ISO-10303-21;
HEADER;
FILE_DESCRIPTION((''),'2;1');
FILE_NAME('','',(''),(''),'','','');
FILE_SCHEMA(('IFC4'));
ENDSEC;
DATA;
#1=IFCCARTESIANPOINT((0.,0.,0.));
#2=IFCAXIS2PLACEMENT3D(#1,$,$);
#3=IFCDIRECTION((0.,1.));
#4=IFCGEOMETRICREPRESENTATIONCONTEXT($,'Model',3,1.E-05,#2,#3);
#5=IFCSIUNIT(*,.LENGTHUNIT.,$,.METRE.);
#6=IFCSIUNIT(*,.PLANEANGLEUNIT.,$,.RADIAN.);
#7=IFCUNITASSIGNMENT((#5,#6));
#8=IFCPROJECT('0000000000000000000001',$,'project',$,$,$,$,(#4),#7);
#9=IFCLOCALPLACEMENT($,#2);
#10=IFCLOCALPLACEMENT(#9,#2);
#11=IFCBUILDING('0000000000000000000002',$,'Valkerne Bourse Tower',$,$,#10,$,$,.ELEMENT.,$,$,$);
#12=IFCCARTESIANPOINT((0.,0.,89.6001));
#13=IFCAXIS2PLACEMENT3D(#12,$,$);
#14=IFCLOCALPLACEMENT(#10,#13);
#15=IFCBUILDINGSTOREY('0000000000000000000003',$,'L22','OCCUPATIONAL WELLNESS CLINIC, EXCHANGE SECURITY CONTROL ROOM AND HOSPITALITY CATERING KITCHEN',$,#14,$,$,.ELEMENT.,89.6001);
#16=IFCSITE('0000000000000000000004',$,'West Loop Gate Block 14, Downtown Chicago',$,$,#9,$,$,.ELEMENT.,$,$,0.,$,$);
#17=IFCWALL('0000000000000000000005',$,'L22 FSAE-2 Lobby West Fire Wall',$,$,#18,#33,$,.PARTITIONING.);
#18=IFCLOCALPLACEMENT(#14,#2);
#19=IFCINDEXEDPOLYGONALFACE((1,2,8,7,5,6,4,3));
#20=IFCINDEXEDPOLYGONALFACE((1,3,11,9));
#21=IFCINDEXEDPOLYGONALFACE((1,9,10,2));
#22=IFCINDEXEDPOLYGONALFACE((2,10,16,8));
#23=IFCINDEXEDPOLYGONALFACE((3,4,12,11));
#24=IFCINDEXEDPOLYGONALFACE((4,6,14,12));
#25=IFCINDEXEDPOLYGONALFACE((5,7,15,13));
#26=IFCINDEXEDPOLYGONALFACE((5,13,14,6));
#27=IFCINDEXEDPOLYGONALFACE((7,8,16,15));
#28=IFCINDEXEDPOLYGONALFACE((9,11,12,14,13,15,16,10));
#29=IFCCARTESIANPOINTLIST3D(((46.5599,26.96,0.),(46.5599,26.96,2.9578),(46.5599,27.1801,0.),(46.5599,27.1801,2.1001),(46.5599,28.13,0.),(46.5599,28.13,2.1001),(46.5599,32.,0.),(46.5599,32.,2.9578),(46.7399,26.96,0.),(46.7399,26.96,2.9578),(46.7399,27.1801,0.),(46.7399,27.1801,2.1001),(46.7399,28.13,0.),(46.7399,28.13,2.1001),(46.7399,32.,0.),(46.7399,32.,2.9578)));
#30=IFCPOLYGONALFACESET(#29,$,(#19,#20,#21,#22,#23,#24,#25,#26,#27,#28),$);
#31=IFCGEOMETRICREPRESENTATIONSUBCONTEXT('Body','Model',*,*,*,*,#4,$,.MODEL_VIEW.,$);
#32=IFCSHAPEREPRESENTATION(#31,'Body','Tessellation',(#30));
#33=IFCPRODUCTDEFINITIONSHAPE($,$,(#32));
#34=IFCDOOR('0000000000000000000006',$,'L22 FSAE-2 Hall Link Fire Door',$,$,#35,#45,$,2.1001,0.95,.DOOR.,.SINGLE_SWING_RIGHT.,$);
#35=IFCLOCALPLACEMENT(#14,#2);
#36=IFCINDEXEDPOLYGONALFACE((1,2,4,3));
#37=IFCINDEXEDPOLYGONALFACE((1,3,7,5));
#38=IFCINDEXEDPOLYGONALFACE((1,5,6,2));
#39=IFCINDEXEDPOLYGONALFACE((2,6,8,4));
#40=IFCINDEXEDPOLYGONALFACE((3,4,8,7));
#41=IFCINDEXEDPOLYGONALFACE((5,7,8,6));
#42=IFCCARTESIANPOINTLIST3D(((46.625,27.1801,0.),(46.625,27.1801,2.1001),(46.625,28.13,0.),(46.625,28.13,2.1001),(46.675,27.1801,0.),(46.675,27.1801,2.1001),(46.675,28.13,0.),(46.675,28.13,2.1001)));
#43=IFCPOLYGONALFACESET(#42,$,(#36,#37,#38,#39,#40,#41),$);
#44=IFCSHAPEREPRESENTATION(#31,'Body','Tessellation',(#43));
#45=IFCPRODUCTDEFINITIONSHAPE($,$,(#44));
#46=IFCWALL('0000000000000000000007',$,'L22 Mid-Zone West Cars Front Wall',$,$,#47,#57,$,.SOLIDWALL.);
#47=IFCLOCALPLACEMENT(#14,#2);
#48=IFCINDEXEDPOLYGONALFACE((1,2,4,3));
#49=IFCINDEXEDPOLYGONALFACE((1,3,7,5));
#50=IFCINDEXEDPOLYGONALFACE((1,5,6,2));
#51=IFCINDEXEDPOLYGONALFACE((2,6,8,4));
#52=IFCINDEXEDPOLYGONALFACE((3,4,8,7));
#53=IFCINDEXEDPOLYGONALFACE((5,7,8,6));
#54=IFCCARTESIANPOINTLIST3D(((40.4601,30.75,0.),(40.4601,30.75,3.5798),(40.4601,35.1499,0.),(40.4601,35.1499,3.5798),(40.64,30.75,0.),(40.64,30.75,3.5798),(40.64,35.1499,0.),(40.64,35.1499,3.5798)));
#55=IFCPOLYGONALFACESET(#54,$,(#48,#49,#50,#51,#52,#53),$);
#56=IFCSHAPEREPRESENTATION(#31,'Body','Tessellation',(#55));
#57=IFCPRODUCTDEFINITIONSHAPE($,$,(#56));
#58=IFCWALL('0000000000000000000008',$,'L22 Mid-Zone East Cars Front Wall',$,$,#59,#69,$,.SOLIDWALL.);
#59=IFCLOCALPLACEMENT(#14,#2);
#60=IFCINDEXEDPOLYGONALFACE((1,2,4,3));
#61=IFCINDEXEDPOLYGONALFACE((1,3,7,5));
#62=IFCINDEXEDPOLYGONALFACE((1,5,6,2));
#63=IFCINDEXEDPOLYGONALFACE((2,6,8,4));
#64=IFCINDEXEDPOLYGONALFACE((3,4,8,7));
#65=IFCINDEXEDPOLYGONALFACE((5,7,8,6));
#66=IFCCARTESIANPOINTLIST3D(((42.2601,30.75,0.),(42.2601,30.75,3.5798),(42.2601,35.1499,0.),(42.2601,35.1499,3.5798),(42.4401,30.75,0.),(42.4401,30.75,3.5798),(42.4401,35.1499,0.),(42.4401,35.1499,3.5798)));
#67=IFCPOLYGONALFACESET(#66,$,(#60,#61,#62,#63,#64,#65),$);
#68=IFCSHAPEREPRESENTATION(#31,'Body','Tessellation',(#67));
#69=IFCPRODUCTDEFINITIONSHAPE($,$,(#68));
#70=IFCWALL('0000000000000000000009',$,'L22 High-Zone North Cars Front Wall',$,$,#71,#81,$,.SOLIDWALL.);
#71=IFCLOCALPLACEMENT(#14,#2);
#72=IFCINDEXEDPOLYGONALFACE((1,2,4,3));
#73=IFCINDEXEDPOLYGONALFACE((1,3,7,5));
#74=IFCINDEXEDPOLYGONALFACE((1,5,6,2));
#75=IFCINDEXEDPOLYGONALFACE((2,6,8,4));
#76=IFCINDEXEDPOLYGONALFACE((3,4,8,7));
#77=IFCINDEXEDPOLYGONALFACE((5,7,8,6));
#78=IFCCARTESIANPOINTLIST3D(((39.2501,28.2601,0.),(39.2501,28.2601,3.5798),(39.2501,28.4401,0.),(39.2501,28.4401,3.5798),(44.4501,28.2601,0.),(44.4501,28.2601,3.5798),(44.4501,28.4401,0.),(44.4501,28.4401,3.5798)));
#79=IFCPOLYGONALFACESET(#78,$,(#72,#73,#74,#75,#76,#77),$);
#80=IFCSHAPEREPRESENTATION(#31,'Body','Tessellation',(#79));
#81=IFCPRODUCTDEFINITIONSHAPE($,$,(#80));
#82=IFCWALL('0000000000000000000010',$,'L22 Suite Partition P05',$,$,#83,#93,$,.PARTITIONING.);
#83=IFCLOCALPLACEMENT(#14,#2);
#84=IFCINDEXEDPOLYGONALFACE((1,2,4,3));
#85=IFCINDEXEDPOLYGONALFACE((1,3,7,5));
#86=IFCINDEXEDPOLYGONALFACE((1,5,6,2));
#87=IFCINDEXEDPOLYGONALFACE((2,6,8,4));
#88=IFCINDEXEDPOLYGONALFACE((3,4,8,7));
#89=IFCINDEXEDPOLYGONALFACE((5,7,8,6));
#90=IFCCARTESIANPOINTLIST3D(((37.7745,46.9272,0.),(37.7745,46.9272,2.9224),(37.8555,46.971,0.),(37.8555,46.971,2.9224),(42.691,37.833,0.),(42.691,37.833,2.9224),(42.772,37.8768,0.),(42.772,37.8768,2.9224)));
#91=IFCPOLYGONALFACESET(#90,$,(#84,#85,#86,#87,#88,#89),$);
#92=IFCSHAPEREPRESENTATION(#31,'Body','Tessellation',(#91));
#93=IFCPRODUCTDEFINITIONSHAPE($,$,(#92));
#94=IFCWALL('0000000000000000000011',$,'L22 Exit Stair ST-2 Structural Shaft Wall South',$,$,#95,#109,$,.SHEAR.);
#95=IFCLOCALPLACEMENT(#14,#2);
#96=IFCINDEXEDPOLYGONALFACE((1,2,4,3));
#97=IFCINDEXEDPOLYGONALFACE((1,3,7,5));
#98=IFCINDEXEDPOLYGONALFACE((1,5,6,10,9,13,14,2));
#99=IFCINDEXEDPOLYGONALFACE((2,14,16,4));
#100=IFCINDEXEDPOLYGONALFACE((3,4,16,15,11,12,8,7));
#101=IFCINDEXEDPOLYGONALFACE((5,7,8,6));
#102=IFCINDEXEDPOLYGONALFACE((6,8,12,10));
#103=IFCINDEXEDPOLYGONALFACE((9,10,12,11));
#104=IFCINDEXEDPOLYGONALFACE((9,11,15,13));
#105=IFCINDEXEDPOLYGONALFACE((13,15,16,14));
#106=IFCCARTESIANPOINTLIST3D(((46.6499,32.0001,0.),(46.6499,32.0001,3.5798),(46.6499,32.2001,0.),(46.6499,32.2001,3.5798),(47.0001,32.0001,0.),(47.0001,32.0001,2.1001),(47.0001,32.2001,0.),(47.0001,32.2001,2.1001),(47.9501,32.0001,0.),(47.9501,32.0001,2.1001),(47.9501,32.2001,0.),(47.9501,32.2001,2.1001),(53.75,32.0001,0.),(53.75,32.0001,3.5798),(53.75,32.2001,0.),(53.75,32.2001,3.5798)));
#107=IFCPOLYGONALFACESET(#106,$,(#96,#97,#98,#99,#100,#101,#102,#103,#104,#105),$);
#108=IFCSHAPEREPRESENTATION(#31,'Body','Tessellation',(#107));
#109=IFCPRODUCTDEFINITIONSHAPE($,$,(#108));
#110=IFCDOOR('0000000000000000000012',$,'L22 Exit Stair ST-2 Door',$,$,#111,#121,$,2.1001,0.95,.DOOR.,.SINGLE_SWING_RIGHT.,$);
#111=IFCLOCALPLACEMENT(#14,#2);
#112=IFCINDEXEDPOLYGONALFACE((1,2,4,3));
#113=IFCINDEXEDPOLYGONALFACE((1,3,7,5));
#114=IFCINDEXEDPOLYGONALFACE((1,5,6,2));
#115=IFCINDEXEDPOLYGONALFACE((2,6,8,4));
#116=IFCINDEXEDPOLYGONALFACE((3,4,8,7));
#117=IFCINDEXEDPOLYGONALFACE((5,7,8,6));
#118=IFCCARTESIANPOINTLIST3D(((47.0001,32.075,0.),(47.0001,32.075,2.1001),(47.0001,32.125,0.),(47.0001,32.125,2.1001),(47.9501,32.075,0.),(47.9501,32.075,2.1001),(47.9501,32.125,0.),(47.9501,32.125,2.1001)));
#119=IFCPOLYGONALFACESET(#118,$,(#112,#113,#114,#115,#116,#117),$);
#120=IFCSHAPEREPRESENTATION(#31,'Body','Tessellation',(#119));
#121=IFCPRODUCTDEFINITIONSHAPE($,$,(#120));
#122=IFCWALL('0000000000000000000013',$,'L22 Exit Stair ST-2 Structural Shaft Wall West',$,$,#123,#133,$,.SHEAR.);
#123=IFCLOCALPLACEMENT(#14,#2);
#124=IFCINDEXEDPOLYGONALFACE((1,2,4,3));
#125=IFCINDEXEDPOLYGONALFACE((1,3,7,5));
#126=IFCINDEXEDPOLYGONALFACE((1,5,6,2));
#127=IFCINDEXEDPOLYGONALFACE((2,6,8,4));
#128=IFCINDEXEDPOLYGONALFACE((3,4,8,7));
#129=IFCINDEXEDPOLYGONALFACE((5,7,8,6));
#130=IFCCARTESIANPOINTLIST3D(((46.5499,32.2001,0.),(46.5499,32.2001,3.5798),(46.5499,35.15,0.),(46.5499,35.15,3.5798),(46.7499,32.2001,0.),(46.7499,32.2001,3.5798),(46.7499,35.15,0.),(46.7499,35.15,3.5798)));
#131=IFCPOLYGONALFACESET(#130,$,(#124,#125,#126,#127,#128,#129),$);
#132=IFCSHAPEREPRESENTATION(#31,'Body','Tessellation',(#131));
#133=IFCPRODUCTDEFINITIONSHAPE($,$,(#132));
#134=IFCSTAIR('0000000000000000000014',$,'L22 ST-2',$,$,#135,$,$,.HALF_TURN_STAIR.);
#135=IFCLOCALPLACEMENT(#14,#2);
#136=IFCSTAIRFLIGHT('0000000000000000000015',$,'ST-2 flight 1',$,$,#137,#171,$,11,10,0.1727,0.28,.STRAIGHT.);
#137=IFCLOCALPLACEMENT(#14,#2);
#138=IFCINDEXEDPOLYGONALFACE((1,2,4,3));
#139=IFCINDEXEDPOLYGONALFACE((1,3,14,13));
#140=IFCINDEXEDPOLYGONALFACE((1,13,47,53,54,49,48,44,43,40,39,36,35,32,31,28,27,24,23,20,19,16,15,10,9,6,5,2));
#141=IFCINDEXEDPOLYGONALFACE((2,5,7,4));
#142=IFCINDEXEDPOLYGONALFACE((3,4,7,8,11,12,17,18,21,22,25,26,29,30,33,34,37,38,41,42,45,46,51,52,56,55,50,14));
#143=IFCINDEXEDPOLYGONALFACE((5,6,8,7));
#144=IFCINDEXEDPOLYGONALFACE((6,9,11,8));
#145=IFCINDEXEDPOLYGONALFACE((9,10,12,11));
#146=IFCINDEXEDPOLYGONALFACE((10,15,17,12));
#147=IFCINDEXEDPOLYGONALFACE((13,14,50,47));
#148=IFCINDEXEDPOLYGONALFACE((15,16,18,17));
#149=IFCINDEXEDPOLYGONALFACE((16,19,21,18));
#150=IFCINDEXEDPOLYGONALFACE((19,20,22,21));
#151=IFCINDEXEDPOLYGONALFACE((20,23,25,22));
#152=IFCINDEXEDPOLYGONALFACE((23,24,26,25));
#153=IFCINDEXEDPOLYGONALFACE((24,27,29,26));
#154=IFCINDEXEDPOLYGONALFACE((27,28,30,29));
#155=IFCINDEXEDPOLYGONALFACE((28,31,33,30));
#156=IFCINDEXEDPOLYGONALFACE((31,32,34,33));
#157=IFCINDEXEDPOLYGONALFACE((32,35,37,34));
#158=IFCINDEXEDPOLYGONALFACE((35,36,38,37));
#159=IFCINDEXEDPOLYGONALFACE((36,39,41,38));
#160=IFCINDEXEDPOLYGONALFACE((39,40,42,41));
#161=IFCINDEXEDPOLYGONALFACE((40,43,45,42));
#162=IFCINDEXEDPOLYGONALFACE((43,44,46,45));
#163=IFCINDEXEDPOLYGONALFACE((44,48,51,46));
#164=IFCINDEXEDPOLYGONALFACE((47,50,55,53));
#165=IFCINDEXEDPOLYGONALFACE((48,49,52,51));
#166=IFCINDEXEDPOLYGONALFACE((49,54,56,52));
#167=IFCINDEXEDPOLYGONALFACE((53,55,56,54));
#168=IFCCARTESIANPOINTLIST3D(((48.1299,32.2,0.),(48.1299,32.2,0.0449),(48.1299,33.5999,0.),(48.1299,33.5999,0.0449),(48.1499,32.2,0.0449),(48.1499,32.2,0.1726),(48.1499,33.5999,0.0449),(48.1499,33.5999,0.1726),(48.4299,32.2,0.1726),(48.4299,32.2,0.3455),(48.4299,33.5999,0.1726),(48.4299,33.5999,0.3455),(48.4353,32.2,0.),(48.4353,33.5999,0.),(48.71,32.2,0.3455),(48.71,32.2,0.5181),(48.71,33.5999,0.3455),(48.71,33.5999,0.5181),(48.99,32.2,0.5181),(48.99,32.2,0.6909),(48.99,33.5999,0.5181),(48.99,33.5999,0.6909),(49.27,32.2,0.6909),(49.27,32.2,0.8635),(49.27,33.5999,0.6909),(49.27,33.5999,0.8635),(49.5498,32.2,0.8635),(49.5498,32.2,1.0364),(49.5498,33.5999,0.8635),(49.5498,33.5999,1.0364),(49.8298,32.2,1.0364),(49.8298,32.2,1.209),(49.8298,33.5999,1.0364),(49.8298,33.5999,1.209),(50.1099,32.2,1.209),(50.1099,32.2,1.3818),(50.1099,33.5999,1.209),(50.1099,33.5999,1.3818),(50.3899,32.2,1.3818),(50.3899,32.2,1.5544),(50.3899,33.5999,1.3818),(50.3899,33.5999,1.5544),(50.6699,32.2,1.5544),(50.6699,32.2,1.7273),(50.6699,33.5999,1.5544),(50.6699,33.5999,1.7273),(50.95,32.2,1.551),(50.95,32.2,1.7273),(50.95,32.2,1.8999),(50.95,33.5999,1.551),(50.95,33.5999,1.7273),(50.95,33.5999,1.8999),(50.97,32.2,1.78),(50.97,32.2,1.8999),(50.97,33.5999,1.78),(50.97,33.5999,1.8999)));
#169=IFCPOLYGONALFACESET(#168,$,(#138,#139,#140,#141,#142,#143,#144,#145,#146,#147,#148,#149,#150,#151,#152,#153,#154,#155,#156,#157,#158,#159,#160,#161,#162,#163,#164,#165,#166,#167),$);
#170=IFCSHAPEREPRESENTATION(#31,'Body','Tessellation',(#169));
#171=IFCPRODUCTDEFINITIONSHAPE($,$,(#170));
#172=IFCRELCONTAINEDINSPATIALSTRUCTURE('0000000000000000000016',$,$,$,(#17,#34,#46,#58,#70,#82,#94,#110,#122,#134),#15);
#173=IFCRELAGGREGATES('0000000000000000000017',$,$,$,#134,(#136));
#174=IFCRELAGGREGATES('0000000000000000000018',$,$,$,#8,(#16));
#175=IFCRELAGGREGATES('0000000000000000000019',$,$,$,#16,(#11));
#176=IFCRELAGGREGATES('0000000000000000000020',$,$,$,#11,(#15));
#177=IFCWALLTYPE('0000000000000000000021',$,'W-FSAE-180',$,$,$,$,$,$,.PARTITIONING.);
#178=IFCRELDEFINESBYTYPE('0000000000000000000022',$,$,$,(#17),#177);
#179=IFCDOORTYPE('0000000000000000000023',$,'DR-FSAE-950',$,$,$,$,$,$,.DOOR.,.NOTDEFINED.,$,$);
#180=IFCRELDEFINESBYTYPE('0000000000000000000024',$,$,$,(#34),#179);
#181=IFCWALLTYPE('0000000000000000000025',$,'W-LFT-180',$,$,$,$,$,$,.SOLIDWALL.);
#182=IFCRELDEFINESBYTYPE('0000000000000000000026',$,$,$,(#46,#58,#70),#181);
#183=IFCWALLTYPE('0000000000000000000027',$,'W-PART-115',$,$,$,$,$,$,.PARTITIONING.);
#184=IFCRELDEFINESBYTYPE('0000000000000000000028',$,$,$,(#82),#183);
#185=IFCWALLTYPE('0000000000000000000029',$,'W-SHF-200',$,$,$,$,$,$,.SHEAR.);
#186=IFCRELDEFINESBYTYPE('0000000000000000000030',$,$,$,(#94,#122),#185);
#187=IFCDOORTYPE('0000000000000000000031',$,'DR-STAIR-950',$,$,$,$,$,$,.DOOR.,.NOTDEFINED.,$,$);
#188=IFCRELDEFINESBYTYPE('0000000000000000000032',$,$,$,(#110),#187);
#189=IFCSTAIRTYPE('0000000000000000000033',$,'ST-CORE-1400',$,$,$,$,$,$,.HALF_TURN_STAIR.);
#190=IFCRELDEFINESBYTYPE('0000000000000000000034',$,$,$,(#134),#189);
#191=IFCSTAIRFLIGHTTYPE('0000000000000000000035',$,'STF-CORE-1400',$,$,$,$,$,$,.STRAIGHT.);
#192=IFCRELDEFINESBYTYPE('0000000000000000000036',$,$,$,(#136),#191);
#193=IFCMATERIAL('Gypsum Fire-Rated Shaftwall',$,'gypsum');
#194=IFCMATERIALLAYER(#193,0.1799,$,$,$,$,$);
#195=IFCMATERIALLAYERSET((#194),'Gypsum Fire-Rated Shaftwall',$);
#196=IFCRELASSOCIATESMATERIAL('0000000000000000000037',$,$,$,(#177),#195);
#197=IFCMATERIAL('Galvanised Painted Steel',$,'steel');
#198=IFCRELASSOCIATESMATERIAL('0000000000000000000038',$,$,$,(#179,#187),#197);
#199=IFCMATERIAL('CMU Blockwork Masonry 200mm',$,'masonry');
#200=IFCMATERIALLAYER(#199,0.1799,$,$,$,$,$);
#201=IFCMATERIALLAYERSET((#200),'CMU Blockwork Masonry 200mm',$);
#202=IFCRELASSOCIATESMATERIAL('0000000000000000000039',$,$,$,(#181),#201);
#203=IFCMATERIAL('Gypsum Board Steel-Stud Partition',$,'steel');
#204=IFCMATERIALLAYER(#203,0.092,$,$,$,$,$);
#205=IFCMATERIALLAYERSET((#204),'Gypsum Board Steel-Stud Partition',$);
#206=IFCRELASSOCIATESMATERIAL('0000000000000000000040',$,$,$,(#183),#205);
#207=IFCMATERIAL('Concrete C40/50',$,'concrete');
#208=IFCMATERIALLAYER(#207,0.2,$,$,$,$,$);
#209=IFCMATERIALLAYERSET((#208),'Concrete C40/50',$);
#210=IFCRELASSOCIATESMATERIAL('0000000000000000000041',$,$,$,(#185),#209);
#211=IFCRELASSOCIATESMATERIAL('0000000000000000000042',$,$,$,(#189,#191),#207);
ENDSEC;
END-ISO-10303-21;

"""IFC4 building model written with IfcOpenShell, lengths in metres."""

from ifc_helpers import new_model, si_unit, direction, frame, frame_2d, origin, place, context, subcontext, project, spatial, polyline, rectangle, outline, extrude, material, layer, layer_set, type_object, element, fill, aggregate, save


model = new_model("IFC4")

# Units and contexts
model_context = context("Model", 3, precision=1e-05, world=origin(), true_north=direction((0.0, 1.0)))
body_context = subcontext(model_context, "Body", "Model", "MODEL_VIEW")
ifc_project = project(units=[si_unit("LENGTHUNIT", "METRE"), si_unit("PLANEANGLEUNIT", "RADIAN")], contexts=[model_context])

# Site, building, storey
site_placement = place(None, origin())
site = spatial("IfcSite", under=ifc_project, at=site_placement, Name="West Loop Gate Block 14, Downtown Chicago", CompositionType="ELEMENT", RefElevation=0.0)
building_placement = place(site_placement, origin())
building = spatial("IfcBuilding", under=site, at=building_placement, Name="Valkerne Bourse Tower", CompositionType="ELEMENT")
storey_placement = place(building_placement, frame((0.0, 0.0, 89.6001)))
storey = spatial("IfcBuildingStorey", under=building, at=storey_placement, Name="L22", Description="OCCUPATIONAL WELLNESS CLINIC, EXCHANGE SECURITY CONTROL ROOM AND HOSPITALITY CATERING KITCHEN", CompositionType="ELEMENT", Elevation=89.6001)

# Shared definitions
ifc_material_1 = material(Name="Gypsum Fire-Rated Shaftwall", Category="gypsum")
ifc_layer_1 = layer(ifc_material_1, 0.1799)
ifc_layer_set_1 = layer_set([ifc_layer_1], Name="Gypsum Fire-Rated Shaftwall")
wall_type_1 = type_object("IfcWallType", Name="W-FSAE-180", PredefinedType="PARTITIONING", material=ifc_layer_set_1)

# Wall, opening, door
wall_1_placement = place(storey_placement, frame((46.6499, 26.96, 0.0), z_axis=(0.0, 0.0, 1.0), x_axis=(0.0, 1.0, 0.0)))
wall_1 = element("IfcWall", 1, at=wall_1_placement, inside=storey, type_object=wall_type_1, Name="L22 FSAE-2 Lobby West Fire Wall", PredefinedType="PARTITIONING", context=body_context, shape_type="SweptSolid", body=[
    extrude(rectangle(XDim=5.04, YDim=0.1799, at=frame_2d((2.52, 0.0))), origin(), (0.0, 0.0, 1.0), 2.9578),
])
opening_1_placement = place(wall_1_placement, frame((0.22, 0.0, 0.0)))
opening_1 = element("IfcOpeningElement", 2, at=opening_1_placement, cuts=wall_1, PredefinedType="OPENING", context=body_context, shape_type="SweptSolid", body=[
    extrude(rectangle(XDim=0.95, YDim=2.1001, at=frame_2d((0.4751, 1.05))), frame((0.0, 0.0999, 0.0), z_axis=(0.0, -1.0, 0.0), x_axis=(1.0, 0.0, 0.0)), (0.0, 0.0, 1.0), 0.2),
])
ifc_material_2 = material(Name="Galvanised Painted Steel", Category="steel")
door_type_1 = type_object("IfcDoorType", Name="DR-FSAE-950", OperationType="NOTDEFINED", PredefinedType="DOOR", material=ifc_material_2)
door_1_placement = place(opening_1_placement, origin())
door_1 = element("IfcDoor", 3, at=door_1_placement, inside=storey, type_object=door_type_1, Name="L22 FSAE-2 Hall Link Fire Door", OperationType="SINGLE_SWING_RIGHT", OverallHeight=2.1001, OverallWidth=0.95, PredefinedType="DOOR", context=body_context, shape_type="SweptSolid", body=[
    extrude(rectangle(XDim=0.95, YDim=2.1001, at=frame_2d((0.4751, 1.05))), frame((0.0, 0.0249, 0.0), z_axis=(0.0, -1.0, 0.0), x_axis=(1.0, 0.0, 0.0)), (0.0, 0.0, 1.0), 0.05),
])
fill(opening_1, door_1)

# Walls
ifc_material_3 = material(Name="CMU Blockwork Masonry 200mm", Category="masonry")
ifc_layer_2 = layer(ifc_material_3, 0.1799)
ifc_layer_set_2 = layer_set([ifc_layer_2], Name="CMU Blockwork Masonry 200mm")
wall_type_2 = type_object("IfcWallType", Name="W-LFT-180", PredefinedType="SOLIDWALL", material=ifc_layer_set_2)
for number, where, z_axis, x_axis, name in (
    (4, (40.55, 30.75, 0.0), (0.0, 0.0, 1.0), (0.0, 1.0, 0.0), "L22 Mid-Zone West Cars Front Wall"),
    (5, (42.3501, 30.75, 0.0), (0.0, 0.0, 1.0), (0.0, 1.0, 0.0), "L22 Mid-Zone East Cars Front Wall"),
):
    element("IfcWall", number, at=place(storey_placement, frame(where, z_axis=z_axis, x_axis=x_axis)), inside=storey, type_object=wall_type_2, Name=name, PredefinedType="SOLIDWALL", context=body_context, shape_type="SweptSolid", body=[
        extrude(rectangle(XDim=4.3999, YDim=0.1799, at=frame_2d((2.2, 0.0))), origin(), (0.0, 0.0, 1.0), 3.5798),
    ])
wall_2_placement = place(storey_placement, frame((39.25, 28.3501, 0.0), z_axis=(0.0, 0.0, 1.0), x_axis=(1.0, 0.0, 0.0)))
element("IfcWall", 6, at=wall_2_placement, inside=storey, type_object=wall_type_2, Name="L22 High-Zone North Cars Front Wall", PredefinedType="SOLIDWALL", context=body_context, shape_type="SweptSolid", body=[
    extrude(rectangle(XDim=5.2, YDim=0.1799, at=frame_2d((2.6001, 0.0))), origin(), (0.0, 0.0, 1.0), 3.5798),
])
ifc_material_4 = material(Name="Gypsum Board Steel-Stud Partition", Category="steel")
ifc_layer_3 = layer(ifc_material_4, 0.092)
ifc_layer_set_3 = layer_set([ifc_layer_3], Name="Gypsum Board Steel-Stud Partition")
wall_type_3 = type_object("IfcWallType", Name="W-PART-115", PredefinedType="PARTITIONING", material=ifc_layer_set_3)
wall_3_placement = place(storey_placement, frame((42.7314, 37.855, 0.0), z_axis=(0.0, 0.0, 1.0), x_axis=(-0.475569, 0.879678, 0.0)))
element("IfcWall", 7, at=wall_3_placement, inside=storey, type_object=wall_type_3, Name="L22 Suite Partition P05", PredefinedType="PARTITIONING", context=body_context, shape_type="SweptSolid", body=[
    extrude(rectangle(XDim=10.3381, YDim=0.092, at=frame_2d((5.1689, 0.0))), origin(), (0.0, 0.0, 1.0), 2.9224),
])

# Wall, opening, door
ifc_material_5 = material(Name="Concrete C40/50", Category="concrete")
ifc_layer_4 = layer(ifc_material_5, 0.2)
ifc_layer_set_4 = layer_set([ifc_layer_4], Name="Concrete C40/50")
wall_type_4 = type_object("IfcWallType", Name="W-SHF-200", PredefinedType="SHEAR", material=ifc_layer_set_4)
wall_4_placement = place(storey_placement, frame((46.6499, 32.1001, 0.0), z_axis=(0.0, 0.0, 1.0), x_axis=(1.0, 0.0, 0.0)))
wall_4 = element("IfcWall", 8, at=wall_4_placement, inside=storey, type_object=wall_type_4, Name="L22 Exit Stair ST-2 Structural Shaft Wall South", PredefinedType="SHEAR", context=body_context, shape_type="SweptSolid", body=[
    extrude(rectangle(XDim=7.1001, YDim=0.2, at=frame_2d((3.55, 0.0))), origin(), (0.0, 0.0, 1.0), 3.5798),
])
opening_2_placement = place(wall_4_placement, frame((0.3501, 0.0, 0.0)))
opening_2 = element("IfcOpeningElement", 9, at=opening_2_placement, cuts=wall_4, PredefinedType="OPENING", context=body_context, shape_type="SweptSolid", body=[
    extrude(rectangle(XDim=0.95, YDim=2.1001, at=frame_2d((0.4751, 1.05))), frame((0.0, 0.1099, 0.0), z_axis=(0.0, -1.0, 0.0), x_axis=(1.0, 0.0, 0.0)), (0.0, 0.0, 1.0), 0.22),
])
door_type_2 = type_object("IfcDoorType", Name="DR-STAIR-950", OperationType="NOTDEFINED", PredefinedType="DOOR", material=ifc_material_2)
door_2_placement = place(opening_2_placement, origin())
door_2 = element("IfcDoor", 10, at=door_2_placement, inside=storey, type_object=door_type_2, Name="L22 Exit Stair ST-2 Door", OperationType="SINGLE_SWING_RIGHT", OverallHeight=2.1001, OverallWidth=0.95, PredefinedType="DOOR", context=body_context, shape_type="SweptSolid", body=[
    extrude(rectangle(XDim=0.95, YDim=2.1001, at=frame_2d((0.4751, 1.05))), frame((0.0, 0.0249, 0.0), z_axis=(0.0, -1.0, 0.0), x_axis=(1.0, 0.0, 0.0)), (0.0, 0.0, 1.0), 0.05),
])
fill(opening_2, door_2)

# Wall
wall_5_placement = place(storey_placement, frame((46.6499, 32.2, 0.0), z_axis=(0.0, 0.0, 1.0), x_axis=(0.0, 1.0, 0.0)))
element("IfcWall", 11, at=wall_5_placement, inside=storey, type_object=wall_type_4, Name="L22 Exit Stair ST-2 Structural Shaft Wall West", PredefinedType="SHEAR", context=body_context, shape_type="SweptSolid", body=[
    extrude(rectangle(XDim=2.95, YDim=0.2, at=frame_2d((1.4751, 0.0))), origin(), (0.0, 0.0, 1.0), 3.5798),
])

# Stair, stair flight
stair_type = type_object("IfcStairType", Name="ST-CORE-1400", PredefinedType="HALF_TURN_STAIR", material=ifc_material_5)
stair_placement = place(storey_placement, origin())
stair = element("IfcStair", 12, at=stair_placement, inside=storey, type_object=stair_type, Name="L22 ST-2", PredefinedType="HALF_TURN_STAIR")
stair_flight_type = type_object("IfcStairFlightType", Name="STF-CORE-1400", PredefinedType="STRAIGHT", material=ifc_material_5)
stair_flight_placement = place(storey_placement, frame((48.1499, 32.8999, 0.0), z_axis=(0.0, 0.0, 1.0), x_axis=(1.0, 0.0, 0.0)))
stair_flight = element("IfcStairFlight", 13, at=stair_flight_placement, type_object=stair_flight_type, Name="ST-2 flight 1", NumberOfRisers=11, NumberOfTreads=10, PredefinedType="STRAIGHT", RiserHeight=0.1727, TreadLength=0.28, context=body_context, shape_type="SweptSolid", body=[
    extrude(outline(polyline([(-0.02, 0.0), (-0.02, 0.0449), (0.0, 0.0449), (0.0, 0.1726), (0.28, 0.1726), (0.28, 0.3455), (0.5601, 0.3455), (0.5601, 0.5181), (0.8401, 0.5181), (0.8401, 0.6909), (1.1201, 0.6909), (1.1201, 0.8635), (1.3999, 0.8635), (1.3999, 1.0364), (1.6799, 1.0364), (1.6799, 1.209), (1.96, 1.209), (1.96, 1.3818), (2.24, 1.3818), (2.24, 1.5544), (2.52, 1.5544), (2.52, 1.7273), (2.8, 1.7273), (2.8, 1.8999), (2.8201, 1.8999), (2.8201, 1.78), (2.8, 1.551), (0.2854, 0.0), (-0.02, 0.0)])), frame((0.0, 0.7, 0.0), z_axis=(0.0, -1.0, 0.0), x_axis=(1.0, 0.0, 0.0)), (0.0, 0.0, 1.0), 1.3999),
])
aggregate(stair, [stair_flight])

save(model, "model.ifc")
